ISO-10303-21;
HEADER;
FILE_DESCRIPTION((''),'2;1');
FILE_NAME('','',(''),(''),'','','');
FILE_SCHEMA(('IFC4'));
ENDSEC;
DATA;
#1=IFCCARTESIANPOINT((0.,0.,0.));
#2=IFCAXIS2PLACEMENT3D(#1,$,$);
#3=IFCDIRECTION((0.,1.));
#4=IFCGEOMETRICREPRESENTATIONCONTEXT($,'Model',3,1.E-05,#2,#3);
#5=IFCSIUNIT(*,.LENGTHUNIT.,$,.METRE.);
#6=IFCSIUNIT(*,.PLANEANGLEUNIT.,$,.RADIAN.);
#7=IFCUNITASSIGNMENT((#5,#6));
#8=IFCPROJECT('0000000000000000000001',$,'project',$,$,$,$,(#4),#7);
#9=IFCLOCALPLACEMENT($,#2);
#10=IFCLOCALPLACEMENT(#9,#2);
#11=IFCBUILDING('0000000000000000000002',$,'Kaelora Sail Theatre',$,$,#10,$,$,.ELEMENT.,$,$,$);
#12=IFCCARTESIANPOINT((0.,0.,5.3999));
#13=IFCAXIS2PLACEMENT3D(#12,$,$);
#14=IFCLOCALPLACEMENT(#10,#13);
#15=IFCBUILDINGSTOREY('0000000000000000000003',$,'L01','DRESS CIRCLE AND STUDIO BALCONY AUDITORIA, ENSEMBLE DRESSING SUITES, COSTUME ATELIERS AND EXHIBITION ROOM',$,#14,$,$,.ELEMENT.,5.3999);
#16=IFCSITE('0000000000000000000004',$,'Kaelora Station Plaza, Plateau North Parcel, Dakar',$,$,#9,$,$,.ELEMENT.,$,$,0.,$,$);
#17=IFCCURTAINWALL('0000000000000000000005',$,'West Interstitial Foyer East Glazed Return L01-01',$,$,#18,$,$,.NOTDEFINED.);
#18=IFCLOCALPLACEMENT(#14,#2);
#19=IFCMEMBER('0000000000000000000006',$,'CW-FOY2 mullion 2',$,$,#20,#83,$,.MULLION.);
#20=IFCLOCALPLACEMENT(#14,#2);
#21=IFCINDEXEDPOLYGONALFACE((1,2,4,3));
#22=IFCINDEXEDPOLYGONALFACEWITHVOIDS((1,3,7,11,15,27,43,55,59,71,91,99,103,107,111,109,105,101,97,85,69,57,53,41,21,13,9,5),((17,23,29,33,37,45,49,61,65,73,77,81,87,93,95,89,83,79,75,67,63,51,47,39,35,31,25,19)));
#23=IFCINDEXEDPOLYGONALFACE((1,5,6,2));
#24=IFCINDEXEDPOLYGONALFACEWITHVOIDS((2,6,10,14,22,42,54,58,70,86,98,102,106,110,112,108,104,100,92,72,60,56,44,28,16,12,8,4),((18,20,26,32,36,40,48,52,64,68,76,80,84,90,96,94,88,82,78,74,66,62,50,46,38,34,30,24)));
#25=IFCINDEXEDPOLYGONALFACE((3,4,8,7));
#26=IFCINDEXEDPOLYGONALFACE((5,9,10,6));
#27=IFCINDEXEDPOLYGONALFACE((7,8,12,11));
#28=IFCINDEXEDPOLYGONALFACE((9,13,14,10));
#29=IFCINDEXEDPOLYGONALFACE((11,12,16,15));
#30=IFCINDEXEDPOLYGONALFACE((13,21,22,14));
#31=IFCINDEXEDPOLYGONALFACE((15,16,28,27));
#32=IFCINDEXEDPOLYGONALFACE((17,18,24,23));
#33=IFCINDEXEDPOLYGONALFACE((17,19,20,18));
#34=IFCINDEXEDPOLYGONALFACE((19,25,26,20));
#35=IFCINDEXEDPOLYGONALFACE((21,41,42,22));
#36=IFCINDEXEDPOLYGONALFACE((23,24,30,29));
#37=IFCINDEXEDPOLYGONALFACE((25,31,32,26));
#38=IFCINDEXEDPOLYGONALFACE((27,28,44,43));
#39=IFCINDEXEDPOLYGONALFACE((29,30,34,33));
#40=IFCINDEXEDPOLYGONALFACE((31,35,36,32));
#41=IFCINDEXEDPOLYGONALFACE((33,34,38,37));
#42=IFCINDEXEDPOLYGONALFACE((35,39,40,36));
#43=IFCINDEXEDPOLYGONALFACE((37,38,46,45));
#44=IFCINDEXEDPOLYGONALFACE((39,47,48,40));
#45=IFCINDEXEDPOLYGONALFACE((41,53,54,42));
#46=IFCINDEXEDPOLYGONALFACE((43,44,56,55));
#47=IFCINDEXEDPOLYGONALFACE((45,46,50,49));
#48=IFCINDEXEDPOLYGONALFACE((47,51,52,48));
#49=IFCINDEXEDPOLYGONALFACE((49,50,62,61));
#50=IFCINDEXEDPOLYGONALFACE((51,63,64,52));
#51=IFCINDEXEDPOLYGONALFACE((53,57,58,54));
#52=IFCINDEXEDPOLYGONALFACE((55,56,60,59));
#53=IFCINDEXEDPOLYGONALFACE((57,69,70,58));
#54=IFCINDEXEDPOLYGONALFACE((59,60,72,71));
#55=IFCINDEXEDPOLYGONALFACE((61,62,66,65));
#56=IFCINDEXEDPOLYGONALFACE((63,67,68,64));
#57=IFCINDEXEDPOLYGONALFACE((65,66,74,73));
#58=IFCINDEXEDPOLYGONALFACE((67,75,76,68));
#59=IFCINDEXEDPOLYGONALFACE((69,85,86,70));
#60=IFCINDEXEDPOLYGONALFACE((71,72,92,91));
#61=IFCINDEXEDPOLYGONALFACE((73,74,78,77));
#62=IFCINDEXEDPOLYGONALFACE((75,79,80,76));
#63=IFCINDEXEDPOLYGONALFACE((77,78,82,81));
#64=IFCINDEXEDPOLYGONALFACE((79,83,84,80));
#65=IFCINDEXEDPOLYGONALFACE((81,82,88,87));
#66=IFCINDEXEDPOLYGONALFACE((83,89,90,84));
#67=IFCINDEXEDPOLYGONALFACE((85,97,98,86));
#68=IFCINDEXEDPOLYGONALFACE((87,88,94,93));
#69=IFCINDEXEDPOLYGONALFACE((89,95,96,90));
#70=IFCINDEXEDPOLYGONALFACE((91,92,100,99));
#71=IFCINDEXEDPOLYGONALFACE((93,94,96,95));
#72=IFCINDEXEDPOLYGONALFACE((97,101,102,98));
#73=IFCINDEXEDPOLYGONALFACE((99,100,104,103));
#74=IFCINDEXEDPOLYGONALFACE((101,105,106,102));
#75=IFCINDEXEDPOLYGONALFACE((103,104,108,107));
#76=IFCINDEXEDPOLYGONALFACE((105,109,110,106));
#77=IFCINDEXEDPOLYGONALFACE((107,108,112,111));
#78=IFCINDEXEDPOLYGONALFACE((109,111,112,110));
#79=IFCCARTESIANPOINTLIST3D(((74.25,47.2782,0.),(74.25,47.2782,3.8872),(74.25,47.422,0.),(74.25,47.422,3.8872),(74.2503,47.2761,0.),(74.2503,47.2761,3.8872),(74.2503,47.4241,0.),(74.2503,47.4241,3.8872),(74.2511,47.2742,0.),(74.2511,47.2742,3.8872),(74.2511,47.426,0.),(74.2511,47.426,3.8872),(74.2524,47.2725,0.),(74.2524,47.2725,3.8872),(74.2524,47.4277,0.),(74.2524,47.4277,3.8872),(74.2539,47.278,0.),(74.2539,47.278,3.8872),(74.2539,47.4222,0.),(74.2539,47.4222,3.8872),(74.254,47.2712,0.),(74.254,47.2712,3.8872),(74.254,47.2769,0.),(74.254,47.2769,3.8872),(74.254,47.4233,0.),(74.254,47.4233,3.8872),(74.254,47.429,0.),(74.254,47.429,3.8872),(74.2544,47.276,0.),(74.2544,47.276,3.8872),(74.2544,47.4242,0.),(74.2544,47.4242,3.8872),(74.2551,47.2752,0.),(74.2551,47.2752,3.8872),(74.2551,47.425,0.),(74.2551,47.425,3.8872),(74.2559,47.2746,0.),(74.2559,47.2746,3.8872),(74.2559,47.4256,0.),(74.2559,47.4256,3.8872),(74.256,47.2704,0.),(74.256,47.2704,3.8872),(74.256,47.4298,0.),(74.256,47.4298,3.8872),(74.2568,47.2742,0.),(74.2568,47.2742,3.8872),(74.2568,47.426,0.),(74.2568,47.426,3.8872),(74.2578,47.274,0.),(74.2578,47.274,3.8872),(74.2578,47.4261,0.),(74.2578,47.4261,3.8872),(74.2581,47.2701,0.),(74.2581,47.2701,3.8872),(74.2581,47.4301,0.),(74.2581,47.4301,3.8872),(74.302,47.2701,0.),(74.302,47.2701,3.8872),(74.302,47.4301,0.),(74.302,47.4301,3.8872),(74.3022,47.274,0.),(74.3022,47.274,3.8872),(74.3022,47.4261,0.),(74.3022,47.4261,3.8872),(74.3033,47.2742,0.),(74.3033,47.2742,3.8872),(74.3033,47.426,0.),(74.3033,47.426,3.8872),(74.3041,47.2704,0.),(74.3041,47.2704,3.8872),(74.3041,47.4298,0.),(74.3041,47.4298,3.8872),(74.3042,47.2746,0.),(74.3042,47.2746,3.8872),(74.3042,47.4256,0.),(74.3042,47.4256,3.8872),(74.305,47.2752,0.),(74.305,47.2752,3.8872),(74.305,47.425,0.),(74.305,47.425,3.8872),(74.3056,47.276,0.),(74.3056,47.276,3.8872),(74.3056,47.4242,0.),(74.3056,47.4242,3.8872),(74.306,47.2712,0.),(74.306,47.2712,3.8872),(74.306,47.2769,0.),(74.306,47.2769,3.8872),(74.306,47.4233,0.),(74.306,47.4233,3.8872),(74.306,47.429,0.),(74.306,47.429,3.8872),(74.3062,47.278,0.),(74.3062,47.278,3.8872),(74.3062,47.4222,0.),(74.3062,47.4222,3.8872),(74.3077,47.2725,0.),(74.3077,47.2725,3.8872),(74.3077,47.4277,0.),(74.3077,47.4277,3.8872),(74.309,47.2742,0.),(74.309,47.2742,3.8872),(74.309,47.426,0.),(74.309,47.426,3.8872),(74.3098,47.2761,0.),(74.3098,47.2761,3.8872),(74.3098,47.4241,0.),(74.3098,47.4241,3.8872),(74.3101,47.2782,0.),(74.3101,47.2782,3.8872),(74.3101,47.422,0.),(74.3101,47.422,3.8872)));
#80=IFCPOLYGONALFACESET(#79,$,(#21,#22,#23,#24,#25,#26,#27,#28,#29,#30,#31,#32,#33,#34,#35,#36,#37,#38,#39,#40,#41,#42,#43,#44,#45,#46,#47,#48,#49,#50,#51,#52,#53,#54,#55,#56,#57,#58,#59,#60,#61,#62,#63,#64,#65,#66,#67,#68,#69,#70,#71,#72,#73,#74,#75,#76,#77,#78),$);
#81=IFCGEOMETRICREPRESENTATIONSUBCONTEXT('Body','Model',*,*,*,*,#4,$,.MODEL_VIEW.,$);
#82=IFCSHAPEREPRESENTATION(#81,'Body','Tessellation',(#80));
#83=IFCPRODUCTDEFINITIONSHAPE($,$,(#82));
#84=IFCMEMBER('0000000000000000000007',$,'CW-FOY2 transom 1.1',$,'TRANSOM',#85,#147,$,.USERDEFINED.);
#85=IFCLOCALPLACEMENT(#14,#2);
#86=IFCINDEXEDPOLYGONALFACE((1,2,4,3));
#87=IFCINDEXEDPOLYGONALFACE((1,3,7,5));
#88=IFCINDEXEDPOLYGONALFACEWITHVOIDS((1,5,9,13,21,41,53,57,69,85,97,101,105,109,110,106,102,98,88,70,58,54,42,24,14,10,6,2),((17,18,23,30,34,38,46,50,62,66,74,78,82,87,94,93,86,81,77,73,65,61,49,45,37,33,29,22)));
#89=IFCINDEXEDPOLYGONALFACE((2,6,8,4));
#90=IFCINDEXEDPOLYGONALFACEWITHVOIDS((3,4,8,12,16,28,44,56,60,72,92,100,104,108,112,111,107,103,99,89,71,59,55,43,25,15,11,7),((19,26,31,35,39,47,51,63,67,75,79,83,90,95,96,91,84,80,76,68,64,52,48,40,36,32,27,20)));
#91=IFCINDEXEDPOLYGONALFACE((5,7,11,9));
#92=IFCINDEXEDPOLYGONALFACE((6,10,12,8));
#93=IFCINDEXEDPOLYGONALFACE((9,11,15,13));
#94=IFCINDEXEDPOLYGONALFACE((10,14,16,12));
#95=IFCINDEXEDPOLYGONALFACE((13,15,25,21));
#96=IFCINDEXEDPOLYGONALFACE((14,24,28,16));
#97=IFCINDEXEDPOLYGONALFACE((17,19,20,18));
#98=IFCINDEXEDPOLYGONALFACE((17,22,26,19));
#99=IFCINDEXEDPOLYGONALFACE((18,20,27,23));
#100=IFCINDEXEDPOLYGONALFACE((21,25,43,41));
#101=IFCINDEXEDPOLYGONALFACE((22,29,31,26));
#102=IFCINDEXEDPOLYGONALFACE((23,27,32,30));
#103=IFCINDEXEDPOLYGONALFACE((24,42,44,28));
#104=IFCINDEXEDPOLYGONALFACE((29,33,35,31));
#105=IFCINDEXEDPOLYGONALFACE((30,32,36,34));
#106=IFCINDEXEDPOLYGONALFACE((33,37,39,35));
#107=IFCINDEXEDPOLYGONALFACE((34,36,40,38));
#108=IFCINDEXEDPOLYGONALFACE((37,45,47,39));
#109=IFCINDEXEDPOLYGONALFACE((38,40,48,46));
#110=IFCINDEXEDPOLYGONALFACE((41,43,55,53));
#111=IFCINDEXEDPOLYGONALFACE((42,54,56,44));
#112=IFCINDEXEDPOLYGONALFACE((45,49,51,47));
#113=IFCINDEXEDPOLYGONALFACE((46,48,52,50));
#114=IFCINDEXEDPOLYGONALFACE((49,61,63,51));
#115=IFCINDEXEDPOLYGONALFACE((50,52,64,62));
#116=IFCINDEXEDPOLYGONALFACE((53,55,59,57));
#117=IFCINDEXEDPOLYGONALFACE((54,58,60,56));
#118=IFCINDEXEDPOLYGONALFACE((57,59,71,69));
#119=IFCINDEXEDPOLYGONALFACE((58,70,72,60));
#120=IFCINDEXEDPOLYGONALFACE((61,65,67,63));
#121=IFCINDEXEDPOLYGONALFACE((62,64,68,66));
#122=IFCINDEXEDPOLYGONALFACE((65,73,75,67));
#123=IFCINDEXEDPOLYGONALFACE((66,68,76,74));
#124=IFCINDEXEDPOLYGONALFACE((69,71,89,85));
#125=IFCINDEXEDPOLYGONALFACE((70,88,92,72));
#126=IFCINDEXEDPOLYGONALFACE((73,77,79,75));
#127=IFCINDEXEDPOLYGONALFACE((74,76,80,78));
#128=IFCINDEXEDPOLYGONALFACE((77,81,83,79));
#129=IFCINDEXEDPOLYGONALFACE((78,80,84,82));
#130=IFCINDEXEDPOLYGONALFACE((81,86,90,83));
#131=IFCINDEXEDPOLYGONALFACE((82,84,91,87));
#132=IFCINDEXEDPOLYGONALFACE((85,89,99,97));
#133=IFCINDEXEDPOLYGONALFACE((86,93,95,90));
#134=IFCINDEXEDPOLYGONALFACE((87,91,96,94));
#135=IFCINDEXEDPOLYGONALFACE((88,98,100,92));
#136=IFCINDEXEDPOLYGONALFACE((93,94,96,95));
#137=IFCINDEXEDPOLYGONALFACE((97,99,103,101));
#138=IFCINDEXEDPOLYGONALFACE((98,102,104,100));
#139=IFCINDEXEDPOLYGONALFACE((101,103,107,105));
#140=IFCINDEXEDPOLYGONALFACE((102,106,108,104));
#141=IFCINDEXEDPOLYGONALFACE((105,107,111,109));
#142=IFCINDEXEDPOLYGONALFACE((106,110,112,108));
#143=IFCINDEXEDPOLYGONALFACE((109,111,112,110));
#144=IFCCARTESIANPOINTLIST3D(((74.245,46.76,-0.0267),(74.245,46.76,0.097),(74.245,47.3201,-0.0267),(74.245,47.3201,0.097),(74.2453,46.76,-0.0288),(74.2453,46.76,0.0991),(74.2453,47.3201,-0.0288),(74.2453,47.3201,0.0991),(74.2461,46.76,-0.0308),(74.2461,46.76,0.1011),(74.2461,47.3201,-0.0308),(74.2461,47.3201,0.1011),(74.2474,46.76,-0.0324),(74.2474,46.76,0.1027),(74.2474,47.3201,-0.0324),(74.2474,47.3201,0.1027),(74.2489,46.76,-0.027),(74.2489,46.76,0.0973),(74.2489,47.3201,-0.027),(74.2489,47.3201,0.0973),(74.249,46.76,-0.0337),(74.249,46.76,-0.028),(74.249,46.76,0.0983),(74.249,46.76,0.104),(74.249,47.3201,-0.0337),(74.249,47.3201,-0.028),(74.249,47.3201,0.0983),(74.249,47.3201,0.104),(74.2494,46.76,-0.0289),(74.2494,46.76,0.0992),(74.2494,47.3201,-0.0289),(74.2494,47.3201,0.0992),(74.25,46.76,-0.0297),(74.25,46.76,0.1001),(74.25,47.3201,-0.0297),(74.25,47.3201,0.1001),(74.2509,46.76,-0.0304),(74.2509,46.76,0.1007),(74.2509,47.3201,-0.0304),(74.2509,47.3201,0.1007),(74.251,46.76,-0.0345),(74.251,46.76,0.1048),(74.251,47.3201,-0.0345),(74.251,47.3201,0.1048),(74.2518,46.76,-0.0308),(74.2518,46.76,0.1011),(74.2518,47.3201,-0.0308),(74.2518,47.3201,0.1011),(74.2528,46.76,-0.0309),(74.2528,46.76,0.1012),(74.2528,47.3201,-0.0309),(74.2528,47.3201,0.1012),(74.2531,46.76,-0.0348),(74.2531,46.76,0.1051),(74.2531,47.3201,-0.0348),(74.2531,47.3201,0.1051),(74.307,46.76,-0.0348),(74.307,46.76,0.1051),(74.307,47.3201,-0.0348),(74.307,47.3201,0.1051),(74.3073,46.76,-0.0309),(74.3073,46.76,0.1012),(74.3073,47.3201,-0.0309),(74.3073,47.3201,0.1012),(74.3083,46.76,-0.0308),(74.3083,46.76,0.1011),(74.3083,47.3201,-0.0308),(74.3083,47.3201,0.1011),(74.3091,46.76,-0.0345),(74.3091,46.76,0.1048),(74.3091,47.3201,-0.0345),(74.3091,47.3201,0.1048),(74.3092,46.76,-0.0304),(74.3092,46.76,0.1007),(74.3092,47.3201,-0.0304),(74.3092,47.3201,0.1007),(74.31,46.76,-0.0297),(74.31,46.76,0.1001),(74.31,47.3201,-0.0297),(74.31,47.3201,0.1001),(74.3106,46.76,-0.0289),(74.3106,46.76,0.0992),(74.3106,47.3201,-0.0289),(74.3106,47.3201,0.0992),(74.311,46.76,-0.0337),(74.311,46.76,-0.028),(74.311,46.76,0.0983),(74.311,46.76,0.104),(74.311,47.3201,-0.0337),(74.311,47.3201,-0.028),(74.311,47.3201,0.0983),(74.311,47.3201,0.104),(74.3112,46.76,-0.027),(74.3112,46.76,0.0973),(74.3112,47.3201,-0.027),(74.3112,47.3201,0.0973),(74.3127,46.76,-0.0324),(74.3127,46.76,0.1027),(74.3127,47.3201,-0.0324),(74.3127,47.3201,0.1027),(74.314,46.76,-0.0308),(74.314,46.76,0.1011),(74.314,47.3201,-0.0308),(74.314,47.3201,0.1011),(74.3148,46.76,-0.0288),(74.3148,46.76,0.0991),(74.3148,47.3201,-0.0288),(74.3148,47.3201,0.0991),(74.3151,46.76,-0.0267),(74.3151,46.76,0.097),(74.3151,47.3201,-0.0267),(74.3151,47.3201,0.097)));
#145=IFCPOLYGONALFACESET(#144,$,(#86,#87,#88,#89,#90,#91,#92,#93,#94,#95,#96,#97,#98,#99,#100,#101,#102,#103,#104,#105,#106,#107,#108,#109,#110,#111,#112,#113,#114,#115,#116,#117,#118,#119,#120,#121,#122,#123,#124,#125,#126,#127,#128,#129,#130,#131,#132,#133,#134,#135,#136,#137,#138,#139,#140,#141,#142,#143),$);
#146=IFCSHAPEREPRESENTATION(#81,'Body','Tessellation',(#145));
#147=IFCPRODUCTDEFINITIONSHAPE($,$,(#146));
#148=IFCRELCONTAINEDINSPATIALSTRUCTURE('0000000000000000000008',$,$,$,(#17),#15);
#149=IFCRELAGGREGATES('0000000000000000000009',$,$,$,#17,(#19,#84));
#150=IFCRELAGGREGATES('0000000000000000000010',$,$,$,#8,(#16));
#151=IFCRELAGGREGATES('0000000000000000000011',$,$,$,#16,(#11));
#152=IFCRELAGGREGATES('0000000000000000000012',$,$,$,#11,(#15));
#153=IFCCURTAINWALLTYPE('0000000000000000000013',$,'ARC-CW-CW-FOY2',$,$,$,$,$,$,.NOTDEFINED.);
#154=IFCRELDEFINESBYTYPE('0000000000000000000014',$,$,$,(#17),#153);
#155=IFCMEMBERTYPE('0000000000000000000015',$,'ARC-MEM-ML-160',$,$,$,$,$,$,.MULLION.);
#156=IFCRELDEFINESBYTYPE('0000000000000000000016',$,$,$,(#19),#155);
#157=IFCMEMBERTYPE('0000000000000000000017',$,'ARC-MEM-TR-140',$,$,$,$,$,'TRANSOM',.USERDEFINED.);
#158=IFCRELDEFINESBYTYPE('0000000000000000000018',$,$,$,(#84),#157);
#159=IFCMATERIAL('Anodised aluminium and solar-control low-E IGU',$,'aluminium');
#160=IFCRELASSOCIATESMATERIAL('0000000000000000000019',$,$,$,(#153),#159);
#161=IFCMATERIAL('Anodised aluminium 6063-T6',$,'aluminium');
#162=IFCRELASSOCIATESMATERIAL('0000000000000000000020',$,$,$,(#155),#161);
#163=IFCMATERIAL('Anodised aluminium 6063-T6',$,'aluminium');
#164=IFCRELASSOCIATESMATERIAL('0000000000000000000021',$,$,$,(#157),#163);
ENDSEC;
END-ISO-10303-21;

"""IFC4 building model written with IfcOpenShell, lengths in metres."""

from ifc_helpers import new_model, si_unit, direction, frame, origin, origin_2d, place, context, subcontext, project, spatial, hollow_rectangle, extrude, material, material_profile, profile_set, type_object, element, aggregate, save


model = new_model("IFC4")

# Units and contexts
model_context = context("Model", 3, precision=1e-05, world=origin(), true_north=direction((0.0, 1.0)))
body_context = subcontext(model_context, "Body", "Model", "MODEL_VIEW")
ifc_project = project(units=[si_unit("LENGTHUNIT", "METRE"), si_unit("PLANEANGLEUNIT", "RADIAN")], contexts=[model_context])

# Site, building, storey
site_placement = place(None, origin())
site = spatial("IfcSite", under=ifc_project, at=site_placement, Name="Kaelora Station Plaza, Plateau North Parcel, Dakar", CompositionType="ELEMENT", RefElevation=0.0)
building_placement = place(site_placement, origin())
building = spatial("IfcBuilding", under=site, at=building_placement, Name="Kaelora Sail Theatre", CompositionType="ELEMENT")
storey_placement = place(building_placement, frame((0.0, 0.0, 5.3999)))
storey = spatial("IfcBuildingStorey", under=building, at=storey_placement, Name="L01", Description="DRESS CIRCLE AND STUDIO BALCONY AUDITORIA, ENSEMBLE DRESSING SUITES, COSTUME ATELIERS AND EXHIBITION ROOM", CompositionType="ELEMENT", Elevation=5.3999)

# Shared definitions
ifc_material_1 = material(Name="Anodised aluminium and solar-control low-E IGU", Category="aluminium")
curtain_wall_type = type_object("IfcCurtainWallType", Name="ARC-CW-CW-FOY2", PredefinedType="NOTDEFINED", material=ifc_material_1)
ifc_material_2 = material(Name="Anodised aluminium 6063-T6", Category="aluminium")
ifc_material_profile_1 = material_profile(ifc_material_2, hollow_rectangle(XDim=0.0601, YDim=0.1599, WallThickness=0.0039, InnerFilletRadius=0.0039, OuterFilletRadius=0.0081, at=origin_2d()), Name="ALU-MULL 60x160x4")
ifc_profile_set_1 = profile_set([ifc_material_profile_1], Name="Anodised aluminium 6063-T6")
member_type_1 = type_object("IfcMemberType", Name="ARC-MEM-ML-160", PredefinedType="MULLION", material=ifc_profile_set_1)

# Curtain wall, members
curtain_wall_1_placement = place(storey_placement, origin())
curtain_wall_1 = element("IfcCurtainWall", 1, at=curtain_wall_1_placement, inside=storey, type_object=curtain_wall_type, Name="West Interstitial Foyer East Glazed Return L01-01", PredefinedType="NOTDEFINED")
member_1_placement = place(storey_placement, frame((74.28, 47.3501, 0.0), z_axis=(0.0, 0.0, 1.0), x_axis=(-1.0, 0.0, 0.0)))
member_1 = element("IfcMember", 2, at=member_1_placement, type_object=member_type_1, Name="CW-FOY2 mullion 2", PredefinedType="MULLION", context=body_context, shape_type="SweptSolid", body=[
    extrude(hollow_rectangle(XDim=0.0601, YDim=0.1599, WallThickness=0.0039, InnerFilletRadius=0.0039, OuterFilletRadius=0.0081, at=origin_2d()), origin(), (0.0, 0.0, 1.0), 3.8872),
])
ifc_material_3 = material(Name="Anodised aluminium 6063-T6", Category="aluminium")
ifc_material_profile_2 = material_profile(ifc_material_3, hollow_rectangle(XDim=0.0701, YDim=0.1399, WallThickness=0.0039, InnerFilletRadius=0.0039, OuterFilletRadius=0.0081, at=origin_2d()), Name="ALU-TRAN 70x140x4")
ifc_profile_set_2 = profile_set([ifc_material_profile_2], Name="Anodised aluminium 6063-T6")
member_type_2 = type_object("IfcMemberType", Name="ARC-MEM-TR-140", ElementType="TRANSOM", PredefinedType="USERDEFINED", material=ifc_profile_set_2)
member_2_placement = place(storey_placement, frame((74.28, 46.76, 0.0352), z_axis=(0.0, 1.0, 0.0), x_axis=(-1.0, 0.0, 0.0)))
member_2 = element("IfcMember", 3, at=member_2_placement, type_object=member_type_2, Name="CW-FOY2 transom 1.1", ObjectType="TRANSOM", PredefinedType="USERDEFINED", context=body_context, shape_type="SweptSolid", body=[
    extrude(hollow_rectangle(XDim=0.0701, YDim=0.1399, WallThickness=0.0039, InnerFilletRadius=0.0039, OuterFilletRadius=0.0081, at=origin_2d()), origin(), (0.0, 0.0, 1.0), 0.5601),
])

aggregate(curtain_wall_1, [member_1, member_2])

save(model, "model.ifc")
